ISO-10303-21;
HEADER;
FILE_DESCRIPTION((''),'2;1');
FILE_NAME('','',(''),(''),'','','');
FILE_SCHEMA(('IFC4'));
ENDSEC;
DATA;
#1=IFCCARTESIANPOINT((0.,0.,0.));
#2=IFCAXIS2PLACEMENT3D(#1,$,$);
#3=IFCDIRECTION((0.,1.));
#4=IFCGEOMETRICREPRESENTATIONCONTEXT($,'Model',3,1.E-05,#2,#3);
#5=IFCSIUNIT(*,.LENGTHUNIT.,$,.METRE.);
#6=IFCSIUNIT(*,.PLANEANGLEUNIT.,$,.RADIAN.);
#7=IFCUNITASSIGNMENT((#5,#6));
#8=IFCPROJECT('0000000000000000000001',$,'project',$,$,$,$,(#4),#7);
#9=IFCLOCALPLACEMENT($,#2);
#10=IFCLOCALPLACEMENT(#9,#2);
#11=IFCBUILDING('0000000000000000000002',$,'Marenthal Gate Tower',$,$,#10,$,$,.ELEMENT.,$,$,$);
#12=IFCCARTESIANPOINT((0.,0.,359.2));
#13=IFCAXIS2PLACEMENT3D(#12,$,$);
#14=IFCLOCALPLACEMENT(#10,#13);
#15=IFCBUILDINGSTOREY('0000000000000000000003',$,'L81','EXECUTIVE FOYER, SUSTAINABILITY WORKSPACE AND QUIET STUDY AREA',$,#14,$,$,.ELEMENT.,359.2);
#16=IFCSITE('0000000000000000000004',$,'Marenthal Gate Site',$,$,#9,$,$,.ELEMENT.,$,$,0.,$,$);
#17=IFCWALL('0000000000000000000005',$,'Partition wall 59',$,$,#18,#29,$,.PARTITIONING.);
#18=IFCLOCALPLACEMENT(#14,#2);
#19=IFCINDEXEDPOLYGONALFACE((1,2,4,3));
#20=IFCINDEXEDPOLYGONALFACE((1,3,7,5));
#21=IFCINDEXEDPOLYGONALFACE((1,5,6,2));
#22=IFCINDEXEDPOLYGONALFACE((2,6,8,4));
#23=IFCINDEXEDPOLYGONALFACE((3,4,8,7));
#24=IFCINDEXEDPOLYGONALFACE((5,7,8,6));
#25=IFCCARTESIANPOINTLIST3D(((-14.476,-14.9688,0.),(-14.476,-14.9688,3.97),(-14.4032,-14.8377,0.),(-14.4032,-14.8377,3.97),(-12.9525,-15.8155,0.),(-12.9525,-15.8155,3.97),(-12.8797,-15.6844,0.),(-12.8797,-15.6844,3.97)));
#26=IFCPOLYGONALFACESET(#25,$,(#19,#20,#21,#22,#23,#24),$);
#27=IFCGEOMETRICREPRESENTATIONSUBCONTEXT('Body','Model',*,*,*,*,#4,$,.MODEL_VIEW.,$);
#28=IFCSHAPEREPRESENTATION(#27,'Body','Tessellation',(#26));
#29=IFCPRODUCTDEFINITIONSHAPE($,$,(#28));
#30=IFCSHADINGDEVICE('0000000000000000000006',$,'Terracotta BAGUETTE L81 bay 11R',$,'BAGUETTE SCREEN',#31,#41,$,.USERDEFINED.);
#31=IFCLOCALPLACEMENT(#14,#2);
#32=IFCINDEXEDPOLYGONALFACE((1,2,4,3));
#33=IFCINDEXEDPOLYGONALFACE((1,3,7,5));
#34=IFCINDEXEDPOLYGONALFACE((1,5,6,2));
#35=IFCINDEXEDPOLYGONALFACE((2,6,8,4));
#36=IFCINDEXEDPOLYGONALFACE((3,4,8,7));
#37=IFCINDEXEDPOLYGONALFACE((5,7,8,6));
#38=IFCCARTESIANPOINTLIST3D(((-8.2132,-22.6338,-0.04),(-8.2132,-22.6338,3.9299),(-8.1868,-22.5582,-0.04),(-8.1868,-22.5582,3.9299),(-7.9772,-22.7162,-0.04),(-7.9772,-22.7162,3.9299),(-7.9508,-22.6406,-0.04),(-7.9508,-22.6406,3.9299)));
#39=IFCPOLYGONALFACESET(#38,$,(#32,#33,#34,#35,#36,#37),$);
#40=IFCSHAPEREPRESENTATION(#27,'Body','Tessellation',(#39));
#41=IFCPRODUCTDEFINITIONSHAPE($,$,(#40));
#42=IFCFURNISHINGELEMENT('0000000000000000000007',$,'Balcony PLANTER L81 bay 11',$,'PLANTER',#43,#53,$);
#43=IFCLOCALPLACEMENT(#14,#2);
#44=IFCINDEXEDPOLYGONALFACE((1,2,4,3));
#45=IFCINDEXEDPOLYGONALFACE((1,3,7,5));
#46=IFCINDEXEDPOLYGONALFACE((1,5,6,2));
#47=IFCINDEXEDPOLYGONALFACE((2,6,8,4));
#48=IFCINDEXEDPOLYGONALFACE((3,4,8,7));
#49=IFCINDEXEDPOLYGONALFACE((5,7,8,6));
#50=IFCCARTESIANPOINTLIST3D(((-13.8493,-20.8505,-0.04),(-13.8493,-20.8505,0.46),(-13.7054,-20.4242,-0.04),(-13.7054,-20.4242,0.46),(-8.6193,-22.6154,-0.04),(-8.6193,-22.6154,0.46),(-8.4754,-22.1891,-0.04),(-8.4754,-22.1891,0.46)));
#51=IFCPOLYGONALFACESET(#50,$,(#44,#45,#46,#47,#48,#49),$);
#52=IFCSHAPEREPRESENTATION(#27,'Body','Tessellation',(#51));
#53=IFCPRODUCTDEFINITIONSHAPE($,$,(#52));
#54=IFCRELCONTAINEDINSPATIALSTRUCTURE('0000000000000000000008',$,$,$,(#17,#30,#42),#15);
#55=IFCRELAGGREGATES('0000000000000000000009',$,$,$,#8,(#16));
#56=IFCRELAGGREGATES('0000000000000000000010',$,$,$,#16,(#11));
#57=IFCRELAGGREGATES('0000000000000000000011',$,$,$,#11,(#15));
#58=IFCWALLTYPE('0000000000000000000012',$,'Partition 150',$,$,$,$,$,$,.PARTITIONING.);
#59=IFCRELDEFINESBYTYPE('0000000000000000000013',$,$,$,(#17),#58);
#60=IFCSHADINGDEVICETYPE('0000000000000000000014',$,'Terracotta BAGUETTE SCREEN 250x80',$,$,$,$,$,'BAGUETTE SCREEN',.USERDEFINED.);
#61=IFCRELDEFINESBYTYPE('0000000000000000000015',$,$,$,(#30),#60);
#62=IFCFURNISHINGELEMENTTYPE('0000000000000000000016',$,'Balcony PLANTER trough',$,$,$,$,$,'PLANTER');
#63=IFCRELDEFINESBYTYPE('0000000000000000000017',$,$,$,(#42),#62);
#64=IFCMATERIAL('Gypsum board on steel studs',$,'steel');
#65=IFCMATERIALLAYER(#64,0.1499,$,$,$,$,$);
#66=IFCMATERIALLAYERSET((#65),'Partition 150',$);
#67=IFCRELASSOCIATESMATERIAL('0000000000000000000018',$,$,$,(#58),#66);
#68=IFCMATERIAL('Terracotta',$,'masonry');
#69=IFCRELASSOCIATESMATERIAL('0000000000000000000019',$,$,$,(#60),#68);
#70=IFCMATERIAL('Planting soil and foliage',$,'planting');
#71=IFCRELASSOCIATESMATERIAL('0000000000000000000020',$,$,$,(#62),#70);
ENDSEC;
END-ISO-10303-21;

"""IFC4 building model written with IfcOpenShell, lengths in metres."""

from ifc_helpers import new_model, si_unit, direction, frame, frame_2d, origin, origin_2d, place, context, subcontext, project, spatial, rectangle, extrude, material, layer, layer_set, material_profile, profile_set, type_object, element, save


model = new_model("IFC4")

# Units and contexts
model_context = context("Model", 3, precision=1e-05, world=origin(), true_north=direction((0.0, 1.0)))
body_context = subcontext(model_context, "Body", "Model", "MODEL_VIEW")
ifc_project = project(units=[si_unit("LENGTHUNIT", "METRE"), si_unit("PLANEANGLEUNIT", "RADIAN")], contexts=[model_context])

# Site, building, storey
site_placement = place(None, origin())
site = spatial("IfcSite", under=ifc_project, at=site_placement, Name="Marenthal Gate Site", CompositionType="ELEMENT", RefElevation=0.0)
building_placement = place(site_placement, origin())
building = spatial("IfcBuilding", under=site, at=building_placement, Name="Marenthal Gate Tower", CompositionType="ELEMENT")
storey_placement = place(building_placement, frame((0.0, 0.0, 359.2)))
storey = spatial("IfcBuildingStorey", under=building, at=storey_placement, Name="L81", Description="EXECUTIVE FOYER, SUSTAINABILITY WORKSPACE AND QUIET STUDY AREA", CompositionType="ELEMENT", Elevation=359.2)

# Wall
ifc_material_1 = material(Name="Gypsum board on steel studs", Category="steel")
ifc_layer_1 = layer(ifc_material_1, 0.1499)
ifc_layer_set_1 = layer_set([ifc_layer_1], Name="Partition 150")
wall_type_1 = type_object("IfcWallType", Name="Partition 150", PredefinedType="PARTITIONING", material=ifc_layer_set_1)
wall_1_placement = place(storey_placement, frame((-12.916, -15.75, 0.0), z_axis=(0.0, 0.0, 1.0), x_axis=(-0.874078, 0.485786, 0.0)))
element("IfcWall", 1, at=wall_1_placement, inside=storey, type_object=wall_type_1, Name="Partition wall 59", PredefinedType="PARTITIONING", context=body_context, shape_type="SweptSolid", body=[
    extrude(rectangle(XDim=1.7429, YDim=0.1499, at=frame_2d((0.8716, 0.0))), origin(), (0.0, 0.0, 1.0), 3.97),
])

# Shading device
ifc_material_2 = material(Name="Terracotta", Category="masonry")
ifc_material_profile_1 = material_profile(ifc_material_2, rectangle(XDim=0.25, YDim=0.0801, at=origin_2d()), Name="Terracotta baguette 250x80")
ifc_profile_set_1 = profile_set([ifc_material_profile_1], Name="Terracotta")
shading_device_type = type_object("IfcShadingDeviceType", Name="Terracotta BAGUETTE SCREEN 250x80", ElementType="BAGUETTE SCREEN", PredefinedType="USERDEFINED", material=ifc_profile_set_1)
shading_device_placement = place(storey_placement, frame((-8.082, -22.6372, -0.04), z_axis=(0.0, 0.0, 1.0), x_axis=(0.944118, -0.329607, 0.0)))
element("IfcShadingDevice", 2, at=shading_device_placement, inside=storey, type_object=shading_device_type, Name="Terracotta BAGUETTE L81 bay 11R", ObjectType="BAGUETTE SCREEN", PredefinedType="USERDEFINED", context=body_context, shape_type="SweptSolid", body=[
    extrude(rectangle(XDim=0.25, YDim=0.0801, at=origin_2d()), origin(), (0.0, 0.0, 1.0), 3.97),
])

# Furnishing element
ifc_material_3 = material(Name="Planting soil and foliage", Category="planting")
furnishing_element_type = type_object("IfcFurnishingElementType", Name="Balcony PLANTER trough", ElementType="PLANTER", material=ifc_material_3)
furnishing_placement = place(storey_placement, frame((-11.1624, -21.5198, -0.04), z_axis=(0.0, 0.0, 1.0), x_axis=(0.947505, -0.31974, 0.0)))
element("IfcFurnishingElement", 3, at=furnishing_placement, inside=storey, type_object=furnishing_element_type, Name="Balcony PLANTER L81 bay 11", ObjectType="PLANTER", context=body_context, shape_type="SweptSolid", body=[
    extrude(rectangle(XDim=5.5198, YDim=0.45, at=origin_2d()), origin(), (0.0, 0.0, 1.0), 0.5),
])

save(model, "model.ifc")
